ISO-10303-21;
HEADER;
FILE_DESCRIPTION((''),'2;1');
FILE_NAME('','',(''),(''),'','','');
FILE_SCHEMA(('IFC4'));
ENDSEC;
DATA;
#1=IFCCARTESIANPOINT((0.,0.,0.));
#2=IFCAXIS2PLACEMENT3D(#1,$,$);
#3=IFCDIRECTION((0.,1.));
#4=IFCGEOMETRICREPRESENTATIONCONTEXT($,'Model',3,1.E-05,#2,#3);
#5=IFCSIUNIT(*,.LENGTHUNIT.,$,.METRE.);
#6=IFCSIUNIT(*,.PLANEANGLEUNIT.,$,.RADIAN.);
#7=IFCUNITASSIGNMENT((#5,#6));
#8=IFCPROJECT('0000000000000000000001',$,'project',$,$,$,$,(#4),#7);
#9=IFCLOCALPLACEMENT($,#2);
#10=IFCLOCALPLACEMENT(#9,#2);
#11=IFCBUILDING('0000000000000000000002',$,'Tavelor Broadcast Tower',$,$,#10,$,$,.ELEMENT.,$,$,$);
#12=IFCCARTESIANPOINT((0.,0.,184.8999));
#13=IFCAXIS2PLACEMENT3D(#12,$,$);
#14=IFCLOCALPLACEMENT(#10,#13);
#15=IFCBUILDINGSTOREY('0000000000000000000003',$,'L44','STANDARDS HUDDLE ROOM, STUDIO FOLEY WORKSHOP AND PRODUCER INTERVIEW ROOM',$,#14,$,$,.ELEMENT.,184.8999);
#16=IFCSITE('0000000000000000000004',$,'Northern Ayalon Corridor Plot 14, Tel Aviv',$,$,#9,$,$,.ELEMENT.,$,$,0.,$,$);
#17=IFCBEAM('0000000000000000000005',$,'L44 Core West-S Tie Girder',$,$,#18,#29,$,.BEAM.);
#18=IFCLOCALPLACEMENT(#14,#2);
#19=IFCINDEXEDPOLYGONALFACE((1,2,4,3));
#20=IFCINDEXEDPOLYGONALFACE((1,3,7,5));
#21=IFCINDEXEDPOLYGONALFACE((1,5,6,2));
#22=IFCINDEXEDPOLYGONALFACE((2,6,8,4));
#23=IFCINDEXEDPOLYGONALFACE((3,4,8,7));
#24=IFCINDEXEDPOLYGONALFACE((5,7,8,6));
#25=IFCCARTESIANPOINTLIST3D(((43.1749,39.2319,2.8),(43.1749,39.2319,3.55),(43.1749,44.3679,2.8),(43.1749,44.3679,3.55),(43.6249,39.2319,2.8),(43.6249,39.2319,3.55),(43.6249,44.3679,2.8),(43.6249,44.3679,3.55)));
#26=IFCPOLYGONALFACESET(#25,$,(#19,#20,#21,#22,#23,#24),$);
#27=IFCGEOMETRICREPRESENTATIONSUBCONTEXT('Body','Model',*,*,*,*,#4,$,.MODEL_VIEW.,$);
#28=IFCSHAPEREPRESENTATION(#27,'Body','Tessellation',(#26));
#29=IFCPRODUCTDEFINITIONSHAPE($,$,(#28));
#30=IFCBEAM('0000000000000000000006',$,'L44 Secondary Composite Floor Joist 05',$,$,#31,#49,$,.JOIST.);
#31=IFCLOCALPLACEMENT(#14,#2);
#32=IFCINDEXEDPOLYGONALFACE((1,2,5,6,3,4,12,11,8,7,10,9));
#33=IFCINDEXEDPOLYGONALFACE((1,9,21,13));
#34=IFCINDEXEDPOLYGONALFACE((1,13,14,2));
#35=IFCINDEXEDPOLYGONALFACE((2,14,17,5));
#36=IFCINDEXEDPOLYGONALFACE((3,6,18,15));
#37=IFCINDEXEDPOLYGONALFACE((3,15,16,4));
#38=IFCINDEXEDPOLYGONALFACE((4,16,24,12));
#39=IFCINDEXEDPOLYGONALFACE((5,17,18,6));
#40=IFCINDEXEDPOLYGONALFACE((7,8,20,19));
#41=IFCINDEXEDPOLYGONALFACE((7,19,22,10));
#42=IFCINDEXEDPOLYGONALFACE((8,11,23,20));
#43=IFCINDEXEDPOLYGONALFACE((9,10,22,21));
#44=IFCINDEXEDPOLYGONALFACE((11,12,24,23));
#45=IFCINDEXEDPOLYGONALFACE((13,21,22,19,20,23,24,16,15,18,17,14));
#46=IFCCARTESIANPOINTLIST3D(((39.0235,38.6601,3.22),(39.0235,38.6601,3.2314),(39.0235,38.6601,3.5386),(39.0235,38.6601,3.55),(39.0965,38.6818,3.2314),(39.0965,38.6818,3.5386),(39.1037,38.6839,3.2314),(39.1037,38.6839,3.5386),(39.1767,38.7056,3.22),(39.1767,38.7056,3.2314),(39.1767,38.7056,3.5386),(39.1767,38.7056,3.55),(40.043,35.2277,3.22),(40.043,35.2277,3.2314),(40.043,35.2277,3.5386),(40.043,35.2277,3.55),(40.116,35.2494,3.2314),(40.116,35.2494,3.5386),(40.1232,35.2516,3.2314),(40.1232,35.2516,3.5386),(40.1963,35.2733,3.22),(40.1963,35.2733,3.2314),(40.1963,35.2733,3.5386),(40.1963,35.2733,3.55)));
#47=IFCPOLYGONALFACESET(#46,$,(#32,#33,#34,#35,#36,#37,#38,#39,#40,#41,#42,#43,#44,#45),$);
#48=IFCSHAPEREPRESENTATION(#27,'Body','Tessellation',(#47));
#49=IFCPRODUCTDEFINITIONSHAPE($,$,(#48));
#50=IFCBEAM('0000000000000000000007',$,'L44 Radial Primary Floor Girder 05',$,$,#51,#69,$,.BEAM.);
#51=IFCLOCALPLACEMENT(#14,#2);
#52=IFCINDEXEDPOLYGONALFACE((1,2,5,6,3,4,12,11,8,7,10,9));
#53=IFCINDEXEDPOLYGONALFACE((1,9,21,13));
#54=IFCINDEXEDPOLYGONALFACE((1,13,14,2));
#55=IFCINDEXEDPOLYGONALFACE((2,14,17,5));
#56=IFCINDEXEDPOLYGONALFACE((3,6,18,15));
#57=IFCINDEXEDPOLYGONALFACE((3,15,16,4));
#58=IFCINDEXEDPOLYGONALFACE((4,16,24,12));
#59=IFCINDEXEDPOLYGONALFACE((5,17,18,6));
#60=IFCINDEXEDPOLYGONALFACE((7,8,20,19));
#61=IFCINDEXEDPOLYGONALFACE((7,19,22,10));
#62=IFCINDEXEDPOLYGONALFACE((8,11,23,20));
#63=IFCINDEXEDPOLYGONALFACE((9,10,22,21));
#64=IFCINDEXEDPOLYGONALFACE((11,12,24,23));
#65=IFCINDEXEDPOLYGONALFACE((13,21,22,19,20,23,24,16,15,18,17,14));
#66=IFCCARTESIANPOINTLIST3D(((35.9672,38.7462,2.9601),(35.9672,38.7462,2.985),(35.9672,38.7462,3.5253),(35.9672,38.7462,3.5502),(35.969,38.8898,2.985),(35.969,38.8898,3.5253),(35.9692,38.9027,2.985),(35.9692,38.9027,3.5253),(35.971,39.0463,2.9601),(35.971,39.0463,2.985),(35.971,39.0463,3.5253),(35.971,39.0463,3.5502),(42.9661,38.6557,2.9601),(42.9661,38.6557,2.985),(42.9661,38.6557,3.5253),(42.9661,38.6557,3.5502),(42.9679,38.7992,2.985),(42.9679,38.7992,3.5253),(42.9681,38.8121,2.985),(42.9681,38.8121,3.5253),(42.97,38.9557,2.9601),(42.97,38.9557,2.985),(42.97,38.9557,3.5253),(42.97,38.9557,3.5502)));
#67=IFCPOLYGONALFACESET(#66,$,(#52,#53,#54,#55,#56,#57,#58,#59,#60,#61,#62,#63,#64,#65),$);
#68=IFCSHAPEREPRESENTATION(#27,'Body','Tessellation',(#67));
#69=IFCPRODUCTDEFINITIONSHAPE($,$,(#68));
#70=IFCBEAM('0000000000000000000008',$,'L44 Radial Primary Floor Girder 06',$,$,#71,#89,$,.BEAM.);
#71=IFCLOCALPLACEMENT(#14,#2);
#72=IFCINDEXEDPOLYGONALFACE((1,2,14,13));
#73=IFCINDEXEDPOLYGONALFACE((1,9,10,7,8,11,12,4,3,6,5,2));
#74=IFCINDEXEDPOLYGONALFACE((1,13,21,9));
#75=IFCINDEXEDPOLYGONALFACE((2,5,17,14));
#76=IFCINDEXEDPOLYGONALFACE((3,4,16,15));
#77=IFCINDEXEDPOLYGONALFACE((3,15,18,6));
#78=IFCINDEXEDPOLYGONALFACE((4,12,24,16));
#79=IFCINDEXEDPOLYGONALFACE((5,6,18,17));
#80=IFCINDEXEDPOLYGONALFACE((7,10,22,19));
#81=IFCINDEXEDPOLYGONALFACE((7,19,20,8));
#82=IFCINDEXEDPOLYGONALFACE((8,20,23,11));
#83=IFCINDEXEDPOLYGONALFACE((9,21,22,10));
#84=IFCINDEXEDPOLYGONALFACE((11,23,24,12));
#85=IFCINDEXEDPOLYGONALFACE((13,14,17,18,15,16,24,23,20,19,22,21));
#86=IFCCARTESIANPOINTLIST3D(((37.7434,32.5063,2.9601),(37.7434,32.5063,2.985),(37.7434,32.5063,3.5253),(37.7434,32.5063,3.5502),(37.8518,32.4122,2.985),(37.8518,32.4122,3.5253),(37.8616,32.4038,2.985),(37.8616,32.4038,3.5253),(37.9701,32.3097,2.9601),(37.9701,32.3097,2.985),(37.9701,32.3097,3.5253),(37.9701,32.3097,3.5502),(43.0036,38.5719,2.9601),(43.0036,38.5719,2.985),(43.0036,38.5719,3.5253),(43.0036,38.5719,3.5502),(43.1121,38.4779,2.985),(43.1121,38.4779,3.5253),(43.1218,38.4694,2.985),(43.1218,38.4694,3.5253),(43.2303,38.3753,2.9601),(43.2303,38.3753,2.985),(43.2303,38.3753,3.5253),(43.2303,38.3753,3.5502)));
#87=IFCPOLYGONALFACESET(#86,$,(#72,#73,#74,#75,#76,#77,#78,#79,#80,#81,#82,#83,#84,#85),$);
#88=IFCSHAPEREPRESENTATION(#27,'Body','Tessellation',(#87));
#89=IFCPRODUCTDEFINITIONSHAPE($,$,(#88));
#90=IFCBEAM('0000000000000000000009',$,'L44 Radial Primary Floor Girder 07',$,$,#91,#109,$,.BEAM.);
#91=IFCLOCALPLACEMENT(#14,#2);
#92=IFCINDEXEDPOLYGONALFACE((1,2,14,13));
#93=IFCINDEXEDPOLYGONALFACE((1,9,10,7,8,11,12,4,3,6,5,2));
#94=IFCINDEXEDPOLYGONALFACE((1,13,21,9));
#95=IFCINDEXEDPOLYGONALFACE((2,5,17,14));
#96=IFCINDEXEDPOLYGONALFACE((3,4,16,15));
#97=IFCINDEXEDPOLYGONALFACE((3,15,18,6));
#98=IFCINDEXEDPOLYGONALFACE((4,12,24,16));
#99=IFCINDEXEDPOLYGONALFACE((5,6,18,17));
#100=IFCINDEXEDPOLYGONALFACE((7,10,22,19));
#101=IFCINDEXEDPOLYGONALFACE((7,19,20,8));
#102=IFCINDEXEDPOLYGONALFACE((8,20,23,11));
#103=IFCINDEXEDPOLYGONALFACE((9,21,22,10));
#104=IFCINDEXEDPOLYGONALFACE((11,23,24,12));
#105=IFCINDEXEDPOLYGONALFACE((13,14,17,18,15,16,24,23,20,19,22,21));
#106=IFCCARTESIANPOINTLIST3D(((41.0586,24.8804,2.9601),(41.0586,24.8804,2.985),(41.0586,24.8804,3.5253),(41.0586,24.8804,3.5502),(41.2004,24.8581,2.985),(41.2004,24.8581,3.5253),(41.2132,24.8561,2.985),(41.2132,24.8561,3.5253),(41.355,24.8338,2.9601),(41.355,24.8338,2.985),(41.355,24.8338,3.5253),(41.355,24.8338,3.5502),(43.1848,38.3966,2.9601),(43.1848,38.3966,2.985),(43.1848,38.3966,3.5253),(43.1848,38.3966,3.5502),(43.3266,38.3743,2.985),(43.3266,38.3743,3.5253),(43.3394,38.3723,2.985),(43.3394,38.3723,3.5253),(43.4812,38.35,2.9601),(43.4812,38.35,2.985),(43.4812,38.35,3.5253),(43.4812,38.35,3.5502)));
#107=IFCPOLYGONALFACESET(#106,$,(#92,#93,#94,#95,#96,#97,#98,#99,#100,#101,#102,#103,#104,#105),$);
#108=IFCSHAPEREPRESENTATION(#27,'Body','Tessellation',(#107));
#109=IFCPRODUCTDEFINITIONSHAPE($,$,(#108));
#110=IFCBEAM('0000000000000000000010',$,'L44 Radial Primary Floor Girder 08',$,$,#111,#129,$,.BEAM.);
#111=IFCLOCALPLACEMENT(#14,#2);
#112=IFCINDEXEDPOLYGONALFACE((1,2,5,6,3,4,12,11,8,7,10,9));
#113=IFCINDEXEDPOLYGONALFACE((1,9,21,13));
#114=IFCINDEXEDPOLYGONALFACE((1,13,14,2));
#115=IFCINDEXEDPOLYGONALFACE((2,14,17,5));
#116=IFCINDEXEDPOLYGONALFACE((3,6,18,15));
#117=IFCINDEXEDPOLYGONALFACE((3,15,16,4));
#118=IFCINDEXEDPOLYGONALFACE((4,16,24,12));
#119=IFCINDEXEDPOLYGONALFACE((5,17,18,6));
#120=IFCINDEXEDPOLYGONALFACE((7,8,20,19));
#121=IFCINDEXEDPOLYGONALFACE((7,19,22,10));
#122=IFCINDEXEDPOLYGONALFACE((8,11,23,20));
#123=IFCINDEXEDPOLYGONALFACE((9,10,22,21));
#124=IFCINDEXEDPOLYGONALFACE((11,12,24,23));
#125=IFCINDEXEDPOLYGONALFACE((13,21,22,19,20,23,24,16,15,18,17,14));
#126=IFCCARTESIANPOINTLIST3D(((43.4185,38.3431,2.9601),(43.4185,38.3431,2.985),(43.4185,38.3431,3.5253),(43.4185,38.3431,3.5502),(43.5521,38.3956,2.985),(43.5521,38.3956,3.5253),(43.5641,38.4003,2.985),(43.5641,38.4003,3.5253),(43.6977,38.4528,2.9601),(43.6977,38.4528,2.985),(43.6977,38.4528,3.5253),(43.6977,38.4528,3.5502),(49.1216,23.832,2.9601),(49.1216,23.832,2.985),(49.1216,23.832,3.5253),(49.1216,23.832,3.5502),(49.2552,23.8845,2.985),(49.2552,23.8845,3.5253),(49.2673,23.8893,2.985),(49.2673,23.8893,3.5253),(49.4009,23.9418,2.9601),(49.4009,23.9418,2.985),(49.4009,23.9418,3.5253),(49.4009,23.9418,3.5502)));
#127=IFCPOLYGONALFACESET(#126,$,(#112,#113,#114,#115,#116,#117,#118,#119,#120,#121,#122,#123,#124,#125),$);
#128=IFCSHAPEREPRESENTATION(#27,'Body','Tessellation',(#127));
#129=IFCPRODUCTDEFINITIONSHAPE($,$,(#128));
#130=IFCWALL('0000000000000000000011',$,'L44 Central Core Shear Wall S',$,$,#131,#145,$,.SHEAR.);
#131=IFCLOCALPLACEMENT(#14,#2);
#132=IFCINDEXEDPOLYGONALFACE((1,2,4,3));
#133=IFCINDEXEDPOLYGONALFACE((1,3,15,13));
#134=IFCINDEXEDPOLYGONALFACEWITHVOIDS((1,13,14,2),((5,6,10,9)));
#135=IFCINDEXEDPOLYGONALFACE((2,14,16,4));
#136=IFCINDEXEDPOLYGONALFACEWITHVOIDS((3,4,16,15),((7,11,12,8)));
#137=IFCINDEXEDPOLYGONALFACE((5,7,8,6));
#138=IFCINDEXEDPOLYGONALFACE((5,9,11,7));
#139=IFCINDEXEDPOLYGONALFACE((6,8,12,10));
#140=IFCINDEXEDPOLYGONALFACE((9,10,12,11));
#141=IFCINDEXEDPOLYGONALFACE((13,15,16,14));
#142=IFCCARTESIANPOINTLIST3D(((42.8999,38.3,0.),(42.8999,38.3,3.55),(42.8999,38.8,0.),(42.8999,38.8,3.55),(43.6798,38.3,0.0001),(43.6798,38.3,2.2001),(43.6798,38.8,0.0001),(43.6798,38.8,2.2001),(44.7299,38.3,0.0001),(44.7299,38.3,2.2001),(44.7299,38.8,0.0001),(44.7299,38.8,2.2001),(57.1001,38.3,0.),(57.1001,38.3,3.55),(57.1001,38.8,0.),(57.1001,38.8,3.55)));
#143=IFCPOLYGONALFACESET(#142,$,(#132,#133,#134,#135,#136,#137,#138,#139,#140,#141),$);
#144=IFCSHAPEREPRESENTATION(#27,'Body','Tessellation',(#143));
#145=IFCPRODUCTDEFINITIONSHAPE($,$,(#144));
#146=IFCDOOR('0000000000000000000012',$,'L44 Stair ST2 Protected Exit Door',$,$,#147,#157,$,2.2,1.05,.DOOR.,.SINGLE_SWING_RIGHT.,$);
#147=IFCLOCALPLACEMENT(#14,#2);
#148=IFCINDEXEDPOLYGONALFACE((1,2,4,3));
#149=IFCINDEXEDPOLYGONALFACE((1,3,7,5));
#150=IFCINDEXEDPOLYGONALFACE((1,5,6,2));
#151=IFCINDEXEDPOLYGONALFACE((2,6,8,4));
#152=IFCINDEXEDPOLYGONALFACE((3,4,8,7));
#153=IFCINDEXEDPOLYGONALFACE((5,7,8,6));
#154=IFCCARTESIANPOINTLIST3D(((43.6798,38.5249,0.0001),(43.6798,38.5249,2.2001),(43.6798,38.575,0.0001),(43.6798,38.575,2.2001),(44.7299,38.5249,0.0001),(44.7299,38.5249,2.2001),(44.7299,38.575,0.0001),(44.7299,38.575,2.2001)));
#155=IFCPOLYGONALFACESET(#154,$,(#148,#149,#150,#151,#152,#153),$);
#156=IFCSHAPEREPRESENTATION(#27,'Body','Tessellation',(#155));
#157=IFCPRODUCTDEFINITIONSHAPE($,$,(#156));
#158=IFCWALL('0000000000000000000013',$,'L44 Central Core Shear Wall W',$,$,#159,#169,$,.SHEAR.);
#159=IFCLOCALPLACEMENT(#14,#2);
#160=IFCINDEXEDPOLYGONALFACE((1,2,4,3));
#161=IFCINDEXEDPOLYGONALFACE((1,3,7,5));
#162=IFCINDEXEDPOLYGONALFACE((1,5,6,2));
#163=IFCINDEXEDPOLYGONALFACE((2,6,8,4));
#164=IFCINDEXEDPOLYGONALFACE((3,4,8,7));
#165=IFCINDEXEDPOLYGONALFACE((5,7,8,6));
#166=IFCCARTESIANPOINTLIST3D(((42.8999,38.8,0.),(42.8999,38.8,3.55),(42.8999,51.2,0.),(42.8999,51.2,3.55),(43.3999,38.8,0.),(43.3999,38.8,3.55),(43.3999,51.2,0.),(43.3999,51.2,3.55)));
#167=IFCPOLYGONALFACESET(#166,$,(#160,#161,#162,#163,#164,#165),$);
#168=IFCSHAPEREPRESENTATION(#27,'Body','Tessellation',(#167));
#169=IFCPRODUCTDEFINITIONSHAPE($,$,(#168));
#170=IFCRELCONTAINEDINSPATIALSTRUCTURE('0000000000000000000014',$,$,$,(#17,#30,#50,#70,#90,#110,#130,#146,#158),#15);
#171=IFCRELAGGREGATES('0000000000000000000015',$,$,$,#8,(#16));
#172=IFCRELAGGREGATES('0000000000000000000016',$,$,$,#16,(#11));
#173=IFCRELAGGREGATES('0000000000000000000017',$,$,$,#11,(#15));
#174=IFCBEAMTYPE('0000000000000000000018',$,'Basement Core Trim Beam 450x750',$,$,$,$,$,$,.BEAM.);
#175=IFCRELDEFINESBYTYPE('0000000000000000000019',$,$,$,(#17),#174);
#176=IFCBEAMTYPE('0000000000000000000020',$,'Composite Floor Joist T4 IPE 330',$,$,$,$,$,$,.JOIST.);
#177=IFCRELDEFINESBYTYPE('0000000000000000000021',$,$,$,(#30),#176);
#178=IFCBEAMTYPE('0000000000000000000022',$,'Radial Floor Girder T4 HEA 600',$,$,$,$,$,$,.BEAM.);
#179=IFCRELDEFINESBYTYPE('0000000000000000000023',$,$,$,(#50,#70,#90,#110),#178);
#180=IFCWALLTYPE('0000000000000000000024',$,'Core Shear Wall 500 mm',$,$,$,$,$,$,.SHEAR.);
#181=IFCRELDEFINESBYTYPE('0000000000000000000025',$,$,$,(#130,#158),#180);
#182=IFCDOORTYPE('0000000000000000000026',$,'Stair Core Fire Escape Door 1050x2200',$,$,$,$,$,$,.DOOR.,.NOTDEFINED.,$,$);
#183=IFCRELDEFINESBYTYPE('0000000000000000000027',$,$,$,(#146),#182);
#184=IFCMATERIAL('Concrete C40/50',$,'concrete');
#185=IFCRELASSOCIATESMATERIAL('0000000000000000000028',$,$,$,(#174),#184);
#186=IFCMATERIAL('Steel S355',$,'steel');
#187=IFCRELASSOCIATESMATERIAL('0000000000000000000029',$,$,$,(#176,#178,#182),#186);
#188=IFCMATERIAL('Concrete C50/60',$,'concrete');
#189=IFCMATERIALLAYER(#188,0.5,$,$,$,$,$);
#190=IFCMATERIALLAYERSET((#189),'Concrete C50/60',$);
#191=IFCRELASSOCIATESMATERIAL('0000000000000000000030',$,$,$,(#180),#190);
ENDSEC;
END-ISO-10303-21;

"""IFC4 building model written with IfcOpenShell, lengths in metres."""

from ifc_helpers import new_model, si_unit, direction, frame, frame_2d, origin, origin_2d, place, context, subcontext, project, spatial, rectangle, i_section, extrude, material, layer, layer_set, material_profile, profile_set, type_object, element, fill, save


model = new_model("IFC4")

# Units and contexts
model_context = context("Model", 3, precision=1e-05, world=origin(), true_north=direction((0.0, 1.0)))
body_context = subcontext(model_context, "Body", "Model", "MODEL_VIEW")
ifc_project = project(units=[si_unit("LENGTHUNIT", "METRE"), si_unit("PLANEANGLEUNIT", "RADIAN")], contexts=[model_context])

# Site, building, storey
site_placement = place(None, origin())
site = spatial("IfcSite", under=ifc_project, at=site_placement, Name="Northern Ayalon Corridor Plot 14, Tel Aviv", CompositionType="ELEMENT", RefElevation=0.0)
building_placement = place(site_placement, origin())
building = spatial("IfcBuilding", under=site, at=building_placement, Name="Tavelor Broadcast Tower", CompositionType="ELEMENT")
storey_placement = place(building_placement, frame((0.0, 0.0, 184.8999)))
storey = spatial("IfcBuildingStorey", under=building, at=storey_placement, Name="L44", Description="STANDARDS HUDDLE ROOM, STUDIO FOLEY WORKSHOP AND PRODUCER INTERVIEW ROOM", CompositionType="ELEMENT", Elevation=184.8999)

# Beams
ifc_material_1 = material(Name="Concrete C40/50", Category="concrete")
ifc_material_profile_1 = material_profile(ifc_material_1, rectangle(XDim=0.45, YDim=0.75, at=origin_2d()), Name="RC 450x750")
ifc_profile_set_1 = profile_set([ifc_material_profile_1], Name="Concrete C40/50")
beam_type_1 = type_object("IfcBeamType", Name="Basement Core Trim Beam 450x750", PredefinedType="BEAM", material=ifc_profile_set_1)
beam_1_placement = place(storey_placement, frame((43.3999, 39.2319, 3.175), z_axis=(0.0, 1.0, 0.0), x_axis=(-1.0, 0.0, 0.0)))
element("IfcBeam", 1, at=beam_1_placement, inside=storey, type_object=beam_type_1, Name="L44 Core West-S Tie Girder", PredefinedType="BEAM", context=body_context, shape_type="SweptSolid", body=[
    extrude(rectangle(XDim=0.45, YDim=0.75, at=origin_2d()), origin(), (0.0, 0.0, 1.0), 5.136),
])
ifc_material_2 = material(Name="Steel S355", Category="steel")
ifc_material_profile_2 = material_profile(ifc_material_2, i_section(OverallWidth=0.1599, OverallDepth=0.3301, WebThickness=0.0076, FlangeThickness=0.0115, at=origin_2d()), Name="IPE 330")
ifc_profile_set_2 = profile_set([ifc_material_profile_2], Name="Steel S355")
beam_type_2 = type_object("IfcBeamType", Name="Composite Floor Joist T4 IPE 330", PredefinedType="JOIST", material=ifc_profile_set_2)
beam_2_placement = place(storey_placement, frame((39.1001, 38.6829, 3.385), z_axis=(0.284738, -0.958605, 0.0), x_axis=(0.958605, 0.284738, 0.0)))
element("IfcBeam", 2, at=beam_2_placement, inside=storey, type_object=beam_type_2, Name="L44 Secondary Composite Floor Joist 05", PredefinedType="JOIST", context=body_context, shape_type="SweptSolid", body=[
    extrude(i_section(OverallWidth=0.1599, OverallDepth=0.3301, WebThickness=0.0076, FlangeThickness=0.0115, at=origin_2d()), origin(), (0.0, 0.0, 1.0), 3.5806),
])
ifc_material_profile_3 = material_profile(ifc_material_2, i_section(OverallWidth=0.3, OverallDepth=0.5901, WebThickness=0.0129, FlangeThickness=0.0249, at=origin_2d()), Name="HEA 600")
ifc_profile_set_3 = profile_set([ifc_material_profile_3], Name="Steel S355")
beam_type_3 = type_object("IfcBeamType", Name="Radial Floor Girder T4 HEA 600", PredefinedType="BEAM", material=ifc_profile_set_3)
beam_3_placement = place(storey_placement, frame((42.968, 38.8057, 3.2551), z_axis=(-0.999916, 0.01294, 0.0), x_axis=(-0.01294, -0.999916, 0.0)))
element("IfcBeam", 3, at=beam_3_placement, inside=storey, type_object=beam_type_3, Name="L44 Radial Primary Floor Girder 05", PredefinedType="BEAM", context=body_context, shape_type="SweptSolid", body=[
    extrude(i_section(OverallWidth=0.3, OverallDepth=0.5901, WebThickness=0.0129, FlangeThickness=0.0249, at=origin_2d()), origin(), (0.0, 0.0, 1.0), 6.9995),
])
beam_4_placement = place(storey_placement, frame((43.1169, 38.4736, 3.2551), z_axis=(-0.655168, -0.755483, 0.0), x_axis=(0.755483, -0.655168, 0.0)))
element("IfcBeam", 4, at=beam_4_placement, inside=storey, type_object=beam_type_3, Name="L44 Radial Primary Floor Girder 06", PredefinedType="BEAM", context=body_context, shape_type="SweptSolid", body=[
    extrude(i_section(OverallWidth=0.3, OverallDepth=0.5901, WebThickness=0.0129, FlangeThickness=0.0249, at=origin_2d()), origin(), (0.0, 0.0, 1.0), 8.0288),
])
beam_5_placement = place(storey_placement, frame((43.333, 38.3733, 3.2551), z_axis=(-0.155399, -0.987852, 0.0), x_axis=(0.987852, -0.155399, 0.0)))
element("IfcBeam", 5, at=beam_5_placement, inside=storey, type_object=beam_type_3, Name="L44 Radial Primary Floor Girder 07", PredefinedType="BEAM", context=body_context, shape_type="SweptSolid", body=[
    extrude(i_section(OverallWidth=0.3, OverallDepth=0.5901, WebThickness=0.0129, FlangeThickness=0.0249, at=origin_2d()), origin(), (0.0, 0.0, 1.0), 13.6824),
])
beam_6_placement = place(storey_placement, frame((43.5581, 38.3979, 3.2551), z_axis=(0.365785, -0.9307, 0.0), x_axis=(0.9307, 0.365785, 0.0)))
element("IfcBeam", 6, at=beam_6_placement, inside=storey, type_object=beam_type_3, Name="L44 Radial Primary Floor Girder 08", PredefinedType="BEAM", context=body_context, shape_type="SweptSolid", body=[
    extrude(i_section(OverallWidth=0.3, OverallDepth=0.5901, WebThickness=0.0129, FlangeThickness=0.0249, at=origin_2d()), origin(), (0.0, 0.0, 1.0), 15.5916),
])

# Wall, opening, door
ifc_material_3 = material(Name="Concrete C50/60", Category="concrete")
ifc_layer_1 = layer(ifc_material_3, 0.5)
ifc_layer_set_1 = layer_set([ifc_layer_1], Name="Concrete C50/60")
wall_type_1 = type_object("IfcWallType", Name="Core Shear Wall 500 mm", PredefinedType="SHEAR", material=ifc_layer_set_1)
wall_1_placement = place(storey_placement, frame((42.8999, 38.55, 0.0), z_axis=(0.0, 0.0, 1.0), x_axis=(1.0, 0.0, 0.0)))
wall_1 = element("IfcWall", 7, at=wall_1_placement, inside=storey, type_object=wall_type_1, Name="L44 Central Core Shear Wall S", PredefinedType="SHEAR", context=body_context, shape_type="SweptSolid", body=[
    extrude(rectangle(XDim=14.2002, YDim=0.5, at=frame_2d((7.1001, 0.0))), origin(), (0.0, 0.0, 1.0), 3.55),
])
opening_1_placement = place(wall_1_placement, frame((0.78, 0.0, 0.0)))
opening_1 = element("IfcOpeningElement", 8, at=opening_1_placement, cuts=wall_1, PredefinedType="OPENING", context=body_context, shape_type="SweptSolid", body=[
    extrude(rectangle(XDim=1.05, YDim=2.2, at=frame_2d((0.5249, 1.1001))), frame((0.0, 0.26, 0.0), z_axis=(0.0, -1.0, 0.0), x_axis=(1.0, 0.0, 0.0)), (0.0, 0.0, 1.0), 0.52),
])
door_type_1 = type_object("IfcDoorType", Name="Stair Core Fire Escape Door 1050x2200", OperationType="NOTDEFINED", PredefinedType="DOOR", material=ifc_material_2)
door_1_placement = place(opening_1_placement, origin())
door_1 = element("IfcDoor", 9, at=door_1_placement, inside=storey, type_object=door_type_1, Name="L44 Stair ST2 Protected Exit Door", OperationType="SINGLE_SWING_RIGHT", OverallHeight=2.2, OverallWidth=1.05, PredefinedType="DOOR", context=body_context, shape_type="SweptSolid", body=[
    extrude(rectangle(XDim=1.05, YDim=2.2, at=frame_2d((0.5249, 1.1001))), frame((0.0, 0.0249, 0.0), z_axis=(0.0, -1.0, 0.0), x_axis=(1.0, 0.0, 0.0)), (0.0, 0.0, 1.0), 0.05),
])
fill(opening_1, door_1)

# Wall
wall_2_placement = place(storey_placement, frame((43.1499, 38.8, 0.0), z_axis=(0.0, 0.0, 1.0), x_axis=(0.0, 1.0, 0.0)))
element("IfcWall", 10, at=wall_2_placement, inside=storey, type_object=wall_type_1, Name="L44 Central Core Shear Wall W", PredefinedType="SHEAR", context=body_context, shape_type="SweptSolid", body=[
    extrude(rectangle(XDim=12.3999, YDim=0.5, at=frame_2d((6.2, 0.0))), origin(), (0.0, 0.0, 1.0), 3.55),
])

save(model, "model.ifc")
